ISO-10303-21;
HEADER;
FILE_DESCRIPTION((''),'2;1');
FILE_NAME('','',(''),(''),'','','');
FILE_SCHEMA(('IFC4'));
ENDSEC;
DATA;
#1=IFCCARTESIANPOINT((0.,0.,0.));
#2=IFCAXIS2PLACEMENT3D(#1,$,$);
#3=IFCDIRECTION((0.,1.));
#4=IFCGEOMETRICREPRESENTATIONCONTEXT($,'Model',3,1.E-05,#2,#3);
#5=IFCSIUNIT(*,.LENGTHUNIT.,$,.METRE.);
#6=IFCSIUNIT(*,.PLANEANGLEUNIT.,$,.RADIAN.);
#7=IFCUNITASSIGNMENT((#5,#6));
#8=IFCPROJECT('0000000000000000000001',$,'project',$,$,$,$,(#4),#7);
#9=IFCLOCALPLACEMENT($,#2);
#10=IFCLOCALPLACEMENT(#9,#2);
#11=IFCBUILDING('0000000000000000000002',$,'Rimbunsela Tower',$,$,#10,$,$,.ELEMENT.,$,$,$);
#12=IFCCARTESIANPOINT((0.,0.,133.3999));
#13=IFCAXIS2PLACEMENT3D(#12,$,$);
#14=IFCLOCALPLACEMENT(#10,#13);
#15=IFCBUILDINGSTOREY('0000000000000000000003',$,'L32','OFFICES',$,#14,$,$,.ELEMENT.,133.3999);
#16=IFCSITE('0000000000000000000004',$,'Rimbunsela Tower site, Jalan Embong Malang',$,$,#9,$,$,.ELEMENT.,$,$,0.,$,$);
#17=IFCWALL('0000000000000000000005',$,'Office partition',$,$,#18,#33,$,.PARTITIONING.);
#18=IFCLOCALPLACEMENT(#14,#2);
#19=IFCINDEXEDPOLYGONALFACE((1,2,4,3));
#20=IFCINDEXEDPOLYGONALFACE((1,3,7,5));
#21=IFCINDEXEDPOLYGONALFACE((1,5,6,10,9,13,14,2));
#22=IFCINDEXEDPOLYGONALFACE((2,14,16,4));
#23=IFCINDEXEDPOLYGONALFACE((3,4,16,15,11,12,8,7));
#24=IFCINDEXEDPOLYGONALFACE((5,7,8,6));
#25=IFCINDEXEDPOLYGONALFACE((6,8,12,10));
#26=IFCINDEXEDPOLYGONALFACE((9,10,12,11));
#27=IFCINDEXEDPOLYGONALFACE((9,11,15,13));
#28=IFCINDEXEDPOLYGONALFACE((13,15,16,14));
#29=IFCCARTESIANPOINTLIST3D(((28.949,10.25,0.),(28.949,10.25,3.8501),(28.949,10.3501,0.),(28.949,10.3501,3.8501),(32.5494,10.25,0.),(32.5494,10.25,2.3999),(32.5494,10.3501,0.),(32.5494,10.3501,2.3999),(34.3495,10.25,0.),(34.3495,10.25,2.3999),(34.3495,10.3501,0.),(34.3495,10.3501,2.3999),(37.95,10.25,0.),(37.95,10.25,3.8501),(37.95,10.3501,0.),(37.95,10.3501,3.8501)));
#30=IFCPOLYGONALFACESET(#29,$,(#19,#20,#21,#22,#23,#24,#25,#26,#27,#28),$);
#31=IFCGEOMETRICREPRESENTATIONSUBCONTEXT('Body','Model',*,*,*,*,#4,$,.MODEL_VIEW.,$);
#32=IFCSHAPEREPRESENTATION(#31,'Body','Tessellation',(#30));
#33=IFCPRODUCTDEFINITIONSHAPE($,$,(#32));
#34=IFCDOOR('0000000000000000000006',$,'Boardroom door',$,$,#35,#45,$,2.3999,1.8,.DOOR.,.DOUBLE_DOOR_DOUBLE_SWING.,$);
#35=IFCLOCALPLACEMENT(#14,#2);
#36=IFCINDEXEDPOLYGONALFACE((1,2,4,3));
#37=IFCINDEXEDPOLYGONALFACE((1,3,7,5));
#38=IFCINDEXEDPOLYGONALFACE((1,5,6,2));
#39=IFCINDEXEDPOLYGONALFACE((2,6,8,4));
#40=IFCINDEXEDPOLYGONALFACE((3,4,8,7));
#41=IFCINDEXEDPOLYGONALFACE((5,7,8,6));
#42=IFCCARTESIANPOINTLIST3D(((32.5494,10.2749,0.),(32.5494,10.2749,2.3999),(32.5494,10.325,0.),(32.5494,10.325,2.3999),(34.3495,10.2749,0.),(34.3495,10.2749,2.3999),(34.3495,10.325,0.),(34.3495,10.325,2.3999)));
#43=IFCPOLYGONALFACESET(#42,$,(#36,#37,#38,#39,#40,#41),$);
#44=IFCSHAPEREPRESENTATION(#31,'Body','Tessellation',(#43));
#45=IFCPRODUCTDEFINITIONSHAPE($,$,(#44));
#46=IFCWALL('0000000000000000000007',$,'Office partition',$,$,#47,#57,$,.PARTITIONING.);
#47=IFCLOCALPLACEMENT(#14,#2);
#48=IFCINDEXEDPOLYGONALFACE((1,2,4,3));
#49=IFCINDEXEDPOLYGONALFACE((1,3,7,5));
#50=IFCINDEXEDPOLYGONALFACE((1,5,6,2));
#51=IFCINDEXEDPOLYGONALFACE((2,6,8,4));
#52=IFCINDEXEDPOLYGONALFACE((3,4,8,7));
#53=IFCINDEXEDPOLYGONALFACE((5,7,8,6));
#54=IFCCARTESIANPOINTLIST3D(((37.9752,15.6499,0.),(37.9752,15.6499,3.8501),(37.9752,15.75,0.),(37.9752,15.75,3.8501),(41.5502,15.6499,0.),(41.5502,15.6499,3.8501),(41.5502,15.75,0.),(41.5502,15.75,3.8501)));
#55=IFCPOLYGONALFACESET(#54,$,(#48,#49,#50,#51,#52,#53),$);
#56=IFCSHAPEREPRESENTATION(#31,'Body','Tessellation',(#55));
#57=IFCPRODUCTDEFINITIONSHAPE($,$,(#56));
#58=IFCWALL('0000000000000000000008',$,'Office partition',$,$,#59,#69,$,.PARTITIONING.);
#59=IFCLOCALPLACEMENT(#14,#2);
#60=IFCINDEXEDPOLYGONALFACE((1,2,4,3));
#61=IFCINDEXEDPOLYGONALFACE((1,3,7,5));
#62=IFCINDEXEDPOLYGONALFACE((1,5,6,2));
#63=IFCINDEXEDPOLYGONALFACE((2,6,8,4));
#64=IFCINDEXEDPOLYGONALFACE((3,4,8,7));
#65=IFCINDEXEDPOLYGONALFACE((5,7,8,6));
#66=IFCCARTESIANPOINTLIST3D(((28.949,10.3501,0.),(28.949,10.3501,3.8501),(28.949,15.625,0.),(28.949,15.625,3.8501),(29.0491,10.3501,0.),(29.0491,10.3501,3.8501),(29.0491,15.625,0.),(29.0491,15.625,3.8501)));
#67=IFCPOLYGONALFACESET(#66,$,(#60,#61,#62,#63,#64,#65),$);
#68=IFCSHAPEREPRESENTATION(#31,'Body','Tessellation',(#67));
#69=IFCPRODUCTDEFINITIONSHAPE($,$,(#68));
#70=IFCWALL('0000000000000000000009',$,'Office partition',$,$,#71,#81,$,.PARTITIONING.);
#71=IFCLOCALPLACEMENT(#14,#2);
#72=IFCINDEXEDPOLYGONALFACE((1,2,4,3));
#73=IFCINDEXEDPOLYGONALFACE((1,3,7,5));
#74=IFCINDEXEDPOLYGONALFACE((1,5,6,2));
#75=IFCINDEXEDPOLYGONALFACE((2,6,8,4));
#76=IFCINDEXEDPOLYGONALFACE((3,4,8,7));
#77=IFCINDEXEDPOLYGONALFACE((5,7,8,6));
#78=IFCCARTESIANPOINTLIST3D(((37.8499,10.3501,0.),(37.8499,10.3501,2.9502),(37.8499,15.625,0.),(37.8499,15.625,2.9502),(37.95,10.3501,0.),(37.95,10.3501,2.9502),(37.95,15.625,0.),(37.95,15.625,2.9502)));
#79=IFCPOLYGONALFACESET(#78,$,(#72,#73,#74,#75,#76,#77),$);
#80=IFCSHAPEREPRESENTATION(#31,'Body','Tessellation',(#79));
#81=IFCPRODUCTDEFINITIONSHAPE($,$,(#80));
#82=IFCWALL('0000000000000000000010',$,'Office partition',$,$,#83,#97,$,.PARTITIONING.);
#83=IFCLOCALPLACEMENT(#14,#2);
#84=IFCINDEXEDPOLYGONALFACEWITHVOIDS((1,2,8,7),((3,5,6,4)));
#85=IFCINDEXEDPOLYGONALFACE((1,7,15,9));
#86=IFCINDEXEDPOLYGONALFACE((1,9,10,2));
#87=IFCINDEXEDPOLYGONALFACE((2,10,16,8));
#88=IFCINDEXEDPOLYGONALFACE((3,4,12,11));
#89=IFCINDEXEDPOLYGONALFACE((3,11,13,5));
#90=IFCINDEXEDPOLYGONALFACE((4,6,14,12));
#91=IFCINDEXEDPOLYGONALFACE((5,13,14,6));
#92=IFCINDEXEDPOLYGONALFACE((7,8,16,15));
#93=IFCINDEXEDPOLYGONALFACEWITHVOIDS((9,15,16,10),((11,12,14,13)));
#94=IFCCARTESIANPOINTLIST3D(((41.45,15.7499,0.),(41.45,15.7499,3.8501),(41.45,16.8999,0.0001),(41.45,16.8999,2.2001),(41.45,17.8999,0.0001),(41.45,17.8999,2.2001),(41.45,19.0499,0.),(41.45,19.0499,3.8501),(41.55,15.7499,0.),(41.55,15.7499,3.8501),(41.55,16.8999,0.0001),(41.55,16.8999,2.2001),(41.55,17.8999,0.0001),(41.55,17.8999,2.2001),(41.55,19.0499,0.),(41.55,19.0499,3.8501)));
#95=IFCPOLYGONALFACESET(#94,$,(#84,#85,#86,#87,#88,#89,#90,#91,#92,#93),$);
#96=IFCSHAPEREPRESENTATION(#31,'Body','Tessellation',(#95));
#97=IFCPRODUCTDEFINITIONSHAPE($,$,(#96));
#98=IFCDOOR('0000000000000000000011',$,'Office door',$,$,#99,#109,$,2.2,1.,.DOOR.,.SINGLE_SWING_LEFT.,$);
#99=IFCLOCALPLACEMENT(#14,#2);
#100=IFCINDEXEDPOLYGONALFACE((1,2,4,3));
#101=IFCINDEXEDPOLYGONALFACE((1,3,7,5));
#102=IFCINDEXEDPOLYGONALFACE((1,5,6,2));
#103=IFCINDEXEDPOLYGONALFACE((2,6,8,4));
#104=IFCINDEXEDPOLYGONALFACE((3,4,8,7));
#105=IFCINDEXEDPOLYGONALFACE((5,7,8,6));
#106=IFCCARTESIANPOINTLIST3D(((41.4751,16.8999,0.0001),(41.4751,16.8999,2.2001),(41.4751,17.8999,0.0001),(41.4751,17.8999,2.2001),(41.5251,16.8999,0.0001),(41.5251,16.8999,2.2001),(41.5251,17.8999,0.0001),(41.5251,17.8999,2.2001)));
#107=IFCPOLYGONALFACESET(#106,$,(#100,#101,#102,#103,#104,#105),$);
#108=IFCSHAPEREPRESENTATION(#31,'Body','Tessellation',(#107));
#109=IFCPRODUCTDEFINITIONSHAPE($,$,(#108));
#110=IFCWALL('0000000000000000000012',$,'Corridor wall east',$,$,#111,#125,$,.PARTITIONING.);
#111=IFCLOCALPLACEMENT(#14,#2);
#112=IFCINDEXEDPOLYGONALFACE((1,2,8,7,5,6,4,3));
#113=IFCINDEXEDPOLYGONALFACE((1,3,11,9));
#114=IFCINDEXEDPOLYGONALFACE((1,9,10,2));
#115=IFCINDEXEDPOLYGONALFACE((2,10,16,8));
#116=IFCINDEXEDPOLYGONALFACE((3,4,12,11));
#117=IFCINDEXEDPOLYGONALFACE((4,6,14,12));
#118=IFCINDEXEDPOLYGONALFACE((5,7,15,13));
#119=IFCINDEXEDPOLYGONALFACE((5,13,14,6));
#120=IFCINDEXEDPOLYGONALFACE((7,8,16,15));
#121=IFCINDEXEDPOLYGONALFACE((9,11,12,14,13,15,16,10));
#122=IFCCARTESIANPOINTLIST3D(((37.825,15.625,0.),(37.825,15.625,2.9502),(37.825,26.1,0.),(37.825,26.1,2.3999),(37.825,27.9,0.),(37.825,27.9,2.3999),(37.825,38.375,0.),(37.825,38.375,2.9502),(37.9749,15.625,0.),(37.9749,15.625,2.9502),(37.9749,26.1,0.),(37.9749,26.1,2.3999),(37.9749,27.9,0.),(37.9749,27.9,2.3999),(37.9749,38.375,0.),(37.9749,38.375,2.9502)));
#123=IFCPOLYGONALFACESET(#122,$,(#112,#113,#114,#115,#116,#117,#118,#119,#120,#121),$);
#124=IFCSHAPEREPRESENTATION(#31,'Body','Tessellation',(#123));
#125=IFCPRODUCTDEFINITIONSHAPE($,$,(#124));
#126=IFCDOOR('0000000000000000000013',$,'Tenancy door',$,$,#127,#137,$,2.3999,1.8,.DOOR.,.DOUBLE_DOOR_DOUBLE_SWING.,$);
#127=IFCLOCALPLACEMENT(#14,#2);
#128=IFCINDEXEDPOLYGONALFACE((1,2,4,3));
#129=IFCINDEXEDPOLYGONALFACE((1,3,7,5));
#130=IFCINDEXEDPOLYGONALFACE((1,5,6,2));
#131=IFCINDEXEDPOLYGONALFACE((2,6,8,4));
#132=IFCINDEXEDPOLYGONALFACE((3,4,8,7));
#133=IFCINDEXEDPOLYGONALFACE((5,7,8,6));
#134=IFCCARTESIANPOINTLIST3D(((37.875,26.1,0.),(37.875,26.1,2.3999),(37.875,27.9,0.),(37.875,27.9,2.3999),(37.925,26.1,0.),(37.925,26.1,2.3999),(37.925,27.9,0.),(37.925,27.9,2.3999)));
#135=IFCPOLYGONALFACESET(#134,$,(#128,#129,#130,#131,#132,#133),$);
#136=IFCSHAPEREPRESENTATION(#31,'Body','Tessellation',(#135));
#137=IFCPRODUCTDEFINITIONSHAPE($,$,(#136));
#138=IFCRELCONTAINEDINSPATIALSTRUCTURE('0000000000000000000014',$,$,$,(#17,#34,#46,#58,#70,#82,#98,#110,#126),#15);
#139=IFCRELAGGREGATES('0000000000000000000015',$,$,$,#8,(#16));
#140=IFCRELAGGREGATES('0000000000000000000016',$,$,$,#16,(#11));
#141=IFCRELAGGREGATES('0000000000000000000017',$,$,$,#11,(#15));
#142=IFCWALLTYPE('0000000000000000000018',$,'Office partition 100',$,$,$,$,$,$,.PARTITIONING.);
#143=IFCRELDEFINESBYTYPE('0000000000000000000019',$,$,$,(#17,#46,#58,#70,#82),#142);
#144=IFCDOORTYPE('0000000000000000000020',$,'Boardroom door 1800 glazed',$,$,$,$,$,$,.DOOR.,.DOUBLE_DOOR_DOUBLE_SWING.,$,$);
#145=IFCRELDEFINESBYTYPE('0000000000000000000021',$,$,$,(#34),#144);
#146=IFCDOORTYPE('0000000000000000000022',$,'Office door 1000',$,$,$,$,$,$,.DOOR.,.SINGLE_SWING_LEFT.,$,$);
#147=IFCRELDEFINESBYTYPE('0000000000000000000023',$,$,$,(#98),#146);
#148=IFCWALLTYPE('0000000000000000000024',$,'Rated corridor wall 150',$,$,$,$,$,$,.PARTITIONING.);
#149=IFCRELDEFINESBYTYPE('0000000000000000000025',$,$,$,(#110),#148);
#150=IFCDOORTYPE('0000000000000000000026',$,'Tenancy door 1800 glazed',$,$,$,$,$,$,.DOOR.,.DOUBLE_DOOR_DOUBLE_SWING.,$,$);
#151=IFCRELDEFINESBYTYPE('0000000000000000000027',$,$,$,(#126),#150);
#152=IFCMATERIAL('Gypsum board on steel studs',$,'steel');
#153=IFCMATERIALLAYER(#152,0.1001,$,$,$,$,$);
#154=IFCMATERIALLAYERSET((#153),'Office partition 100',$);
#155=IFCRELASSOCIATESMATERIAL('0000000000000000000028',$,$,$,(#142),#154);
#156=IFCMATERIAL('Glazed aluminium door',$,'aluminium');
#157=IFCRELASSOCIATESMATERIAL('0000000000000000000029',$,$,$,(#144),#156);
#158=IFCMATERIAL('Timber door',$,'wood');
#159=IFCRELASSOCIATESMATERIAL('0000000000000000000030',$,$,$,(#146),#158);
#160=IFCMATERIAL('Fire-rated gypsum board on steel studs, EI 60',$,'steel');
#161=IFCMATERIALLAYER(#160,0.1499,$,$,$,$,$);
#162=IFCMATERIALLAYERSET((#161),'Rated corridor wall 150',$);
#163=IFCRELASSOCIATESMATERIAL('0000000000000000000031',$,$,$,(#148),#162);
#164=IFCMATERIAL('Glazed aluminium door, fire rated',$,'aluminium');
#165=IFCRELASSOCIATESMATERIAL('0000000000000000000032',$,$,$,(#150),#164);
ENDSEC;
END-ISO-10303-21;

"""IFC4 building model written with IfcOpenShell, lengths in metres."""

from ifc_helpers import new_model, si_unit, direction, frame, frame_2d, origin, place, context, subcontext, project, spatial, rectangle, extrude, material, layer, layer_set, type_object, element, fill, save


model = new_model("IFC4")

# Units and contexts
model_context = context("Model", 3, precision=1e-05, world=origin(), true_north=direction((0.0, 1.0)))
body_context = subcontext(model_context, "Body", "Model", "MODEL_VIEW")
ifc_project = project(units=[si_unit("LENGTHUNIT", "METRE"), si_unit("PLANEANGLEUNIT", "RADIAN")], contexts=[model_context])

# Site, building, storey
site_placement = place(None, origin())
site = spatial("IfcSite", under=ifc_project, at=site_placement, Name="Rimbunsela Tower site, Jalan Embong Malang", CompositionType="ELEMENT", RefElevation=0.0)
building_placement = place(site_placement, origin())
building = spatial("IfcBuilding", under=site, at=building_placement, Name="Rimbunsela Tower", CompositionType="ELEMENT")
storey_placement = place(building_placement, frame((0.0, 0.0, 133.3999)))
storey = spatial("IfcBuildingStorey", under=building, at=storey_placement, Name="L32", Description="OFFICES", CompositionType="ELEMENT", Elevation=133.3999)

# Wall, opening, door
ifc_material_1 = material(Name="Gypsum board on steel studs", Category="steel")
ifc_layer_1 = layer(ifc_material_1, 0.1001)
ifc_layer_set_1 = layer_set([ifc_layer_1], Name="Office partition 100")
wall_type_1 = type_object("IfcWallType", Name="Office partition 100", PredefinedType="PARTITIONING", material=ifc_layer_set_1)
wall_1_placement = place(storey_placement, frame((28.949, 10.3, 0.0), z_axis=(0.0, 0.0, 1.0), x_axis=(1.0, 0.0, 0.0)))
wall_1 = element("IfcWall", 1, at=wall_1_placement, inside=storey, type_object=wall_type_1, Name="Office partition", PredefinedType="PARTITIONING", context=body_context, shape_type="SweptSolid", body=[
    extrude(rectangle(XDim=9.001, YDim=0.1001, at=frame_2d((4.5005, 0.0))), origin(), (0.0, 0.0, 1.0), 3.8501),
])
opening_1_placement = place(wall_1_placement, frame((3.6006, 0.0, 0.0)))
opening_1 = element("IfcOpeningElement", 2, at=opening_1_placement, cuts=wall_1, PredefinedType="OPENING", context=body_context, shape_type="SweptSolid", body=[
    extrude(rectangle(XDim=1.8, YDim=2.3999, at=frame_2d((0.8999, 1.2))), frame((0.0, 0.0601, 0.0), z_axis=(0.0, -1.0, 0.0), x_axis=(1.0, 0.0, 0.0)), (0.0, 0.0, 1.0), 0.1201),
])
ifc_material_2 = material(Name="Glazed aluminium door", Category="aluminium")
door_type_1 = type_object("IfcDoorType", Name="Boardroom door 1800 glazed", OperationType="DOUBLE_DOOR_DOUBLE_SWING", PredefinedType="DOOR", material=ifc_material_2)
door_1_placement = place(opening_1_placement, origin())
door_1 = element("IfcDoor", 3, at=door_1_placement, inside=storey, type_object=door_type_1, Name="Boardroom door", OperationType="DOUBLE_DOOR_DOUBLE_SWING", OverallHeight=2.3999, OverallWidth=1.8, PredefinedType="DOOR", context=body_context, shape_type="SweptSolid", body=[
    extrude(rectangle(XDim=1.8, YDim=2.3999, at=frame_2d((0.8999, 1.2))), frame((0.0, 0.0249, 0.0), z_axis=(0.0, -1.0, 0.0), x_axis=(1.0, 0.0, 0.0)), (0.0, 0.0, 1.0), 0.05),
])
fill(opening_1, door_1)

# Walls
wall_2_placement = place(storey_placement, frame((37.9751, 15.7, 0.0), z_axis=(0.0, 0.0, 1.0), x_axis=(1.0, 0.0, 0.0)))
element("IfcWall", 4, at=wall_2_placement, inside=storey, type_object=wall_type_1, Name="Office partition", PredefinedType="PARTITIONING", context=body_context, shape_type="SweptSolid", body=[
    extrude(rectangle(XDim=3.575, YDim=0.1001, at=frame_2d((1.7876, 0.0))), origin(), (0.0, 0.0, 1.0), 3.8501),
])
wall_3_placement = place(storey_placement, frame((28.999, 10.3501, 0.0), z_axis=(0.0, 0.0, 1.0), x_axis=(0.0, 1.0, 0.0)))
element("IfcWall", 5, at=wall_3_placement, inside=storey, type_object=wall_type_1, Name="Office partition", PredefinedType="PARTITIONING", context=body_context, shape_type="SweptSolid", body=[
    extrude(rectangle(XDim=5.2749, YDim=0.1001, at=frame_2d((2.6375, 0.0))), origin(), (0.0, 0.0, 1.0), 3.8501),
])
wall_4_placement = place(storey_placement, frame((37.8999, 10.3501, 0.0), z_axis=(0.0, 0.0, 1.0), x_axis=(0.0, 1.0, 0.0)))
element("IfcWall", 6, at=wall_4_placement, inside=storey, type_object=wall_type_1, Name="Office partition", PredefinedType="PARTITIONING", context=body_context, shape_type="SweptSolid", body=[
    extrude(rectangle(XDim=5.2749, YDim=0.1001, at=frame_2d((2.6375, 0.0))), origin(), (0.0, 0.0, 1.0), 2.9502),
])

# Walls, openings, doors
wall_5_placement = place(storey_placement, frame((41.5, 15.75, 0.0), z_axis=(0.0, 0.0, 1.0), x_axis=(0.0, 1.0, 0.0)))
wall_5 = element("IfcWall", 7, at=wall_5_placement, inside=storey, type_object=wall_type_1, Name="Office partition", PredefinedType="PARTITIONING", context=body_context, shape_type="SweptSolid", body=[
    extrude(rectangle(XDim=3.3, YDim=0.1001, at=frame_2d((1.6499, 0.0))), origin(), (0.0, 0.0, 1.0), 3.8501),
])
opening_2_placement = place(wall_5_placement, frame((1.1499, 0.0, 0.0)))
opening_2 = element("IfcOpeningElement", 8, at=opening_2_placement, cuts=wall_5, PredefinedType="OPENING", context=body_context, shape_type="SweptSolid", body=[
    extrude(rectangle(XDim=1.0, YDim=2.2, at=frame_2d((0.5, 1.1001))), frame((0.0, 0.0601, 0.0), z_axis=(0.0, -1.0, 0.0), x_axis=(1.0, 0.0, 0.0)), (0.0, 0.0, 1.0), 0.1201),
])
ifc_material_3 = material(Name="Timber door", Category="wood")
door_type_2 = type_object("IfcDoorType", Name="Office door 1000", OperationType="SINGLE_SWING_LEFT", PredefinedType="DOOR", material=ifc_material_3)
door_2_placement = place(opening_2_placement, origin())
door_2 = element("IfcDoor", 9, at=door_2_placement, inside=storey, type_object=door_type_2, Name="Office door", OperationType="SINGLE_SWING_LEFT", OverallHeight=2.2, OverallWidth=1.0, PredefinedType="DOOR", context=body_context, shape_type="SweptSolid", body=[
    extrude(rectangle(XDim=1.0, YDim=2.2, at=frame_2d((0.5, 1.1001))), frame((0.0, 0.0249, 0.0), z_axis=(0.0, -1.0, 0.0), x_axis=(1.0, 0.0, 0.0)), (0.0, 0.0, 1.0), 0.05),
])
fill(opening_2, door_2)
ifc_material_4 = material(Name="Fire-rated gypsum board on steel studs, EI 60", Category="steel")
ifc_layer_2 = layer(ifc_material_4, 0.1499)
ifc_layer_set_2 = layer_set([ifc_layer_2], Name="Rated corridor wall 150")
wall_type_2 = type_object("IfcWallType", Name="Rated corridor wall 150", PredefinedType="PARTITIONING", material=ifc_layer_set_2)
wall_6_placement = place(storey_placement, frame((37.8999, 15.625, 0.0), z_axis=(0.0, 0.0, 1.0), x_axis=(0.0, 1.0, 0.0)))
wall_6 = element("IfcWall", 10, at=wall_6_placement, inside=storey, type_object=wall_type_2, Name="Corridor wall east", PredefinedType="PARTITIONING", context=body_context, shape_type="SweptSolid", body=[
    extrude(rectangle(XDim=22.75, YDim=0.1499, at=frame_2d((11.375, 0.0))), origin(), (0.0, 0.0, 1.0), 2.9502),
])
opening_3_placement = place(wall_6_placement, frame((10.4751, 0.0, 0.0)))
opening_3 = element("IfcOpeningElement", 11, at=opening_3_placement, cuts=wall_6, PredefinedType="OPENING", context=body_context, shape_type="SweptSolid", body=[
    extrude(rectangle(XDim=1.8, YDim=2.3999, at=frame_2d((0.8999, 1.2))), frame((0.0, 0.085, 0.0), z_axis=(0.0, -1.0, 0.0), x_axis=(1.0, 0.0, 0.0)), (0.0, 0.0, 1.0), 0.1699),
])
ifc_material_5 = material(Name="Glazed aluminium door, fire rated", Category="aluminium")
door_type_3 = type_object("IfcDoorType", Name="Tenancy door 1800 glazed", OperationType="DOUBLE_DOOR_DOUBLE_SWING", PredefinedType="DOOR", material=ifc_material_5)
door_3_placement = place(opening_3_placement, origin())
door_3 = element("IfcDoor", 12, at=door_3_placement, inside=storey, type_object=door_type_3, Name="Tenancy door", OperationType="DOUBLE_DOOR_DOUBLE_SWING", OverallHeight=2.3999, OverallWidth=1.8, PredefinedType="DOOR", context=body_context, shape_type="SweptSolid", body=[
    extrude(rectangle(XDim=1.8, YDim=2.3999, at=frame_2d((0.8999, 1.2))), frame((0.0, 0.0249, 0.0), z_axis=(0.0, -1.0, 0.0), x_axis=(1.0, 0.0, 0.0)), (0.0, 0.0, 1.0), 0.05),
])
fill(opening_3, door_3)

save(model, "model.ifc")
